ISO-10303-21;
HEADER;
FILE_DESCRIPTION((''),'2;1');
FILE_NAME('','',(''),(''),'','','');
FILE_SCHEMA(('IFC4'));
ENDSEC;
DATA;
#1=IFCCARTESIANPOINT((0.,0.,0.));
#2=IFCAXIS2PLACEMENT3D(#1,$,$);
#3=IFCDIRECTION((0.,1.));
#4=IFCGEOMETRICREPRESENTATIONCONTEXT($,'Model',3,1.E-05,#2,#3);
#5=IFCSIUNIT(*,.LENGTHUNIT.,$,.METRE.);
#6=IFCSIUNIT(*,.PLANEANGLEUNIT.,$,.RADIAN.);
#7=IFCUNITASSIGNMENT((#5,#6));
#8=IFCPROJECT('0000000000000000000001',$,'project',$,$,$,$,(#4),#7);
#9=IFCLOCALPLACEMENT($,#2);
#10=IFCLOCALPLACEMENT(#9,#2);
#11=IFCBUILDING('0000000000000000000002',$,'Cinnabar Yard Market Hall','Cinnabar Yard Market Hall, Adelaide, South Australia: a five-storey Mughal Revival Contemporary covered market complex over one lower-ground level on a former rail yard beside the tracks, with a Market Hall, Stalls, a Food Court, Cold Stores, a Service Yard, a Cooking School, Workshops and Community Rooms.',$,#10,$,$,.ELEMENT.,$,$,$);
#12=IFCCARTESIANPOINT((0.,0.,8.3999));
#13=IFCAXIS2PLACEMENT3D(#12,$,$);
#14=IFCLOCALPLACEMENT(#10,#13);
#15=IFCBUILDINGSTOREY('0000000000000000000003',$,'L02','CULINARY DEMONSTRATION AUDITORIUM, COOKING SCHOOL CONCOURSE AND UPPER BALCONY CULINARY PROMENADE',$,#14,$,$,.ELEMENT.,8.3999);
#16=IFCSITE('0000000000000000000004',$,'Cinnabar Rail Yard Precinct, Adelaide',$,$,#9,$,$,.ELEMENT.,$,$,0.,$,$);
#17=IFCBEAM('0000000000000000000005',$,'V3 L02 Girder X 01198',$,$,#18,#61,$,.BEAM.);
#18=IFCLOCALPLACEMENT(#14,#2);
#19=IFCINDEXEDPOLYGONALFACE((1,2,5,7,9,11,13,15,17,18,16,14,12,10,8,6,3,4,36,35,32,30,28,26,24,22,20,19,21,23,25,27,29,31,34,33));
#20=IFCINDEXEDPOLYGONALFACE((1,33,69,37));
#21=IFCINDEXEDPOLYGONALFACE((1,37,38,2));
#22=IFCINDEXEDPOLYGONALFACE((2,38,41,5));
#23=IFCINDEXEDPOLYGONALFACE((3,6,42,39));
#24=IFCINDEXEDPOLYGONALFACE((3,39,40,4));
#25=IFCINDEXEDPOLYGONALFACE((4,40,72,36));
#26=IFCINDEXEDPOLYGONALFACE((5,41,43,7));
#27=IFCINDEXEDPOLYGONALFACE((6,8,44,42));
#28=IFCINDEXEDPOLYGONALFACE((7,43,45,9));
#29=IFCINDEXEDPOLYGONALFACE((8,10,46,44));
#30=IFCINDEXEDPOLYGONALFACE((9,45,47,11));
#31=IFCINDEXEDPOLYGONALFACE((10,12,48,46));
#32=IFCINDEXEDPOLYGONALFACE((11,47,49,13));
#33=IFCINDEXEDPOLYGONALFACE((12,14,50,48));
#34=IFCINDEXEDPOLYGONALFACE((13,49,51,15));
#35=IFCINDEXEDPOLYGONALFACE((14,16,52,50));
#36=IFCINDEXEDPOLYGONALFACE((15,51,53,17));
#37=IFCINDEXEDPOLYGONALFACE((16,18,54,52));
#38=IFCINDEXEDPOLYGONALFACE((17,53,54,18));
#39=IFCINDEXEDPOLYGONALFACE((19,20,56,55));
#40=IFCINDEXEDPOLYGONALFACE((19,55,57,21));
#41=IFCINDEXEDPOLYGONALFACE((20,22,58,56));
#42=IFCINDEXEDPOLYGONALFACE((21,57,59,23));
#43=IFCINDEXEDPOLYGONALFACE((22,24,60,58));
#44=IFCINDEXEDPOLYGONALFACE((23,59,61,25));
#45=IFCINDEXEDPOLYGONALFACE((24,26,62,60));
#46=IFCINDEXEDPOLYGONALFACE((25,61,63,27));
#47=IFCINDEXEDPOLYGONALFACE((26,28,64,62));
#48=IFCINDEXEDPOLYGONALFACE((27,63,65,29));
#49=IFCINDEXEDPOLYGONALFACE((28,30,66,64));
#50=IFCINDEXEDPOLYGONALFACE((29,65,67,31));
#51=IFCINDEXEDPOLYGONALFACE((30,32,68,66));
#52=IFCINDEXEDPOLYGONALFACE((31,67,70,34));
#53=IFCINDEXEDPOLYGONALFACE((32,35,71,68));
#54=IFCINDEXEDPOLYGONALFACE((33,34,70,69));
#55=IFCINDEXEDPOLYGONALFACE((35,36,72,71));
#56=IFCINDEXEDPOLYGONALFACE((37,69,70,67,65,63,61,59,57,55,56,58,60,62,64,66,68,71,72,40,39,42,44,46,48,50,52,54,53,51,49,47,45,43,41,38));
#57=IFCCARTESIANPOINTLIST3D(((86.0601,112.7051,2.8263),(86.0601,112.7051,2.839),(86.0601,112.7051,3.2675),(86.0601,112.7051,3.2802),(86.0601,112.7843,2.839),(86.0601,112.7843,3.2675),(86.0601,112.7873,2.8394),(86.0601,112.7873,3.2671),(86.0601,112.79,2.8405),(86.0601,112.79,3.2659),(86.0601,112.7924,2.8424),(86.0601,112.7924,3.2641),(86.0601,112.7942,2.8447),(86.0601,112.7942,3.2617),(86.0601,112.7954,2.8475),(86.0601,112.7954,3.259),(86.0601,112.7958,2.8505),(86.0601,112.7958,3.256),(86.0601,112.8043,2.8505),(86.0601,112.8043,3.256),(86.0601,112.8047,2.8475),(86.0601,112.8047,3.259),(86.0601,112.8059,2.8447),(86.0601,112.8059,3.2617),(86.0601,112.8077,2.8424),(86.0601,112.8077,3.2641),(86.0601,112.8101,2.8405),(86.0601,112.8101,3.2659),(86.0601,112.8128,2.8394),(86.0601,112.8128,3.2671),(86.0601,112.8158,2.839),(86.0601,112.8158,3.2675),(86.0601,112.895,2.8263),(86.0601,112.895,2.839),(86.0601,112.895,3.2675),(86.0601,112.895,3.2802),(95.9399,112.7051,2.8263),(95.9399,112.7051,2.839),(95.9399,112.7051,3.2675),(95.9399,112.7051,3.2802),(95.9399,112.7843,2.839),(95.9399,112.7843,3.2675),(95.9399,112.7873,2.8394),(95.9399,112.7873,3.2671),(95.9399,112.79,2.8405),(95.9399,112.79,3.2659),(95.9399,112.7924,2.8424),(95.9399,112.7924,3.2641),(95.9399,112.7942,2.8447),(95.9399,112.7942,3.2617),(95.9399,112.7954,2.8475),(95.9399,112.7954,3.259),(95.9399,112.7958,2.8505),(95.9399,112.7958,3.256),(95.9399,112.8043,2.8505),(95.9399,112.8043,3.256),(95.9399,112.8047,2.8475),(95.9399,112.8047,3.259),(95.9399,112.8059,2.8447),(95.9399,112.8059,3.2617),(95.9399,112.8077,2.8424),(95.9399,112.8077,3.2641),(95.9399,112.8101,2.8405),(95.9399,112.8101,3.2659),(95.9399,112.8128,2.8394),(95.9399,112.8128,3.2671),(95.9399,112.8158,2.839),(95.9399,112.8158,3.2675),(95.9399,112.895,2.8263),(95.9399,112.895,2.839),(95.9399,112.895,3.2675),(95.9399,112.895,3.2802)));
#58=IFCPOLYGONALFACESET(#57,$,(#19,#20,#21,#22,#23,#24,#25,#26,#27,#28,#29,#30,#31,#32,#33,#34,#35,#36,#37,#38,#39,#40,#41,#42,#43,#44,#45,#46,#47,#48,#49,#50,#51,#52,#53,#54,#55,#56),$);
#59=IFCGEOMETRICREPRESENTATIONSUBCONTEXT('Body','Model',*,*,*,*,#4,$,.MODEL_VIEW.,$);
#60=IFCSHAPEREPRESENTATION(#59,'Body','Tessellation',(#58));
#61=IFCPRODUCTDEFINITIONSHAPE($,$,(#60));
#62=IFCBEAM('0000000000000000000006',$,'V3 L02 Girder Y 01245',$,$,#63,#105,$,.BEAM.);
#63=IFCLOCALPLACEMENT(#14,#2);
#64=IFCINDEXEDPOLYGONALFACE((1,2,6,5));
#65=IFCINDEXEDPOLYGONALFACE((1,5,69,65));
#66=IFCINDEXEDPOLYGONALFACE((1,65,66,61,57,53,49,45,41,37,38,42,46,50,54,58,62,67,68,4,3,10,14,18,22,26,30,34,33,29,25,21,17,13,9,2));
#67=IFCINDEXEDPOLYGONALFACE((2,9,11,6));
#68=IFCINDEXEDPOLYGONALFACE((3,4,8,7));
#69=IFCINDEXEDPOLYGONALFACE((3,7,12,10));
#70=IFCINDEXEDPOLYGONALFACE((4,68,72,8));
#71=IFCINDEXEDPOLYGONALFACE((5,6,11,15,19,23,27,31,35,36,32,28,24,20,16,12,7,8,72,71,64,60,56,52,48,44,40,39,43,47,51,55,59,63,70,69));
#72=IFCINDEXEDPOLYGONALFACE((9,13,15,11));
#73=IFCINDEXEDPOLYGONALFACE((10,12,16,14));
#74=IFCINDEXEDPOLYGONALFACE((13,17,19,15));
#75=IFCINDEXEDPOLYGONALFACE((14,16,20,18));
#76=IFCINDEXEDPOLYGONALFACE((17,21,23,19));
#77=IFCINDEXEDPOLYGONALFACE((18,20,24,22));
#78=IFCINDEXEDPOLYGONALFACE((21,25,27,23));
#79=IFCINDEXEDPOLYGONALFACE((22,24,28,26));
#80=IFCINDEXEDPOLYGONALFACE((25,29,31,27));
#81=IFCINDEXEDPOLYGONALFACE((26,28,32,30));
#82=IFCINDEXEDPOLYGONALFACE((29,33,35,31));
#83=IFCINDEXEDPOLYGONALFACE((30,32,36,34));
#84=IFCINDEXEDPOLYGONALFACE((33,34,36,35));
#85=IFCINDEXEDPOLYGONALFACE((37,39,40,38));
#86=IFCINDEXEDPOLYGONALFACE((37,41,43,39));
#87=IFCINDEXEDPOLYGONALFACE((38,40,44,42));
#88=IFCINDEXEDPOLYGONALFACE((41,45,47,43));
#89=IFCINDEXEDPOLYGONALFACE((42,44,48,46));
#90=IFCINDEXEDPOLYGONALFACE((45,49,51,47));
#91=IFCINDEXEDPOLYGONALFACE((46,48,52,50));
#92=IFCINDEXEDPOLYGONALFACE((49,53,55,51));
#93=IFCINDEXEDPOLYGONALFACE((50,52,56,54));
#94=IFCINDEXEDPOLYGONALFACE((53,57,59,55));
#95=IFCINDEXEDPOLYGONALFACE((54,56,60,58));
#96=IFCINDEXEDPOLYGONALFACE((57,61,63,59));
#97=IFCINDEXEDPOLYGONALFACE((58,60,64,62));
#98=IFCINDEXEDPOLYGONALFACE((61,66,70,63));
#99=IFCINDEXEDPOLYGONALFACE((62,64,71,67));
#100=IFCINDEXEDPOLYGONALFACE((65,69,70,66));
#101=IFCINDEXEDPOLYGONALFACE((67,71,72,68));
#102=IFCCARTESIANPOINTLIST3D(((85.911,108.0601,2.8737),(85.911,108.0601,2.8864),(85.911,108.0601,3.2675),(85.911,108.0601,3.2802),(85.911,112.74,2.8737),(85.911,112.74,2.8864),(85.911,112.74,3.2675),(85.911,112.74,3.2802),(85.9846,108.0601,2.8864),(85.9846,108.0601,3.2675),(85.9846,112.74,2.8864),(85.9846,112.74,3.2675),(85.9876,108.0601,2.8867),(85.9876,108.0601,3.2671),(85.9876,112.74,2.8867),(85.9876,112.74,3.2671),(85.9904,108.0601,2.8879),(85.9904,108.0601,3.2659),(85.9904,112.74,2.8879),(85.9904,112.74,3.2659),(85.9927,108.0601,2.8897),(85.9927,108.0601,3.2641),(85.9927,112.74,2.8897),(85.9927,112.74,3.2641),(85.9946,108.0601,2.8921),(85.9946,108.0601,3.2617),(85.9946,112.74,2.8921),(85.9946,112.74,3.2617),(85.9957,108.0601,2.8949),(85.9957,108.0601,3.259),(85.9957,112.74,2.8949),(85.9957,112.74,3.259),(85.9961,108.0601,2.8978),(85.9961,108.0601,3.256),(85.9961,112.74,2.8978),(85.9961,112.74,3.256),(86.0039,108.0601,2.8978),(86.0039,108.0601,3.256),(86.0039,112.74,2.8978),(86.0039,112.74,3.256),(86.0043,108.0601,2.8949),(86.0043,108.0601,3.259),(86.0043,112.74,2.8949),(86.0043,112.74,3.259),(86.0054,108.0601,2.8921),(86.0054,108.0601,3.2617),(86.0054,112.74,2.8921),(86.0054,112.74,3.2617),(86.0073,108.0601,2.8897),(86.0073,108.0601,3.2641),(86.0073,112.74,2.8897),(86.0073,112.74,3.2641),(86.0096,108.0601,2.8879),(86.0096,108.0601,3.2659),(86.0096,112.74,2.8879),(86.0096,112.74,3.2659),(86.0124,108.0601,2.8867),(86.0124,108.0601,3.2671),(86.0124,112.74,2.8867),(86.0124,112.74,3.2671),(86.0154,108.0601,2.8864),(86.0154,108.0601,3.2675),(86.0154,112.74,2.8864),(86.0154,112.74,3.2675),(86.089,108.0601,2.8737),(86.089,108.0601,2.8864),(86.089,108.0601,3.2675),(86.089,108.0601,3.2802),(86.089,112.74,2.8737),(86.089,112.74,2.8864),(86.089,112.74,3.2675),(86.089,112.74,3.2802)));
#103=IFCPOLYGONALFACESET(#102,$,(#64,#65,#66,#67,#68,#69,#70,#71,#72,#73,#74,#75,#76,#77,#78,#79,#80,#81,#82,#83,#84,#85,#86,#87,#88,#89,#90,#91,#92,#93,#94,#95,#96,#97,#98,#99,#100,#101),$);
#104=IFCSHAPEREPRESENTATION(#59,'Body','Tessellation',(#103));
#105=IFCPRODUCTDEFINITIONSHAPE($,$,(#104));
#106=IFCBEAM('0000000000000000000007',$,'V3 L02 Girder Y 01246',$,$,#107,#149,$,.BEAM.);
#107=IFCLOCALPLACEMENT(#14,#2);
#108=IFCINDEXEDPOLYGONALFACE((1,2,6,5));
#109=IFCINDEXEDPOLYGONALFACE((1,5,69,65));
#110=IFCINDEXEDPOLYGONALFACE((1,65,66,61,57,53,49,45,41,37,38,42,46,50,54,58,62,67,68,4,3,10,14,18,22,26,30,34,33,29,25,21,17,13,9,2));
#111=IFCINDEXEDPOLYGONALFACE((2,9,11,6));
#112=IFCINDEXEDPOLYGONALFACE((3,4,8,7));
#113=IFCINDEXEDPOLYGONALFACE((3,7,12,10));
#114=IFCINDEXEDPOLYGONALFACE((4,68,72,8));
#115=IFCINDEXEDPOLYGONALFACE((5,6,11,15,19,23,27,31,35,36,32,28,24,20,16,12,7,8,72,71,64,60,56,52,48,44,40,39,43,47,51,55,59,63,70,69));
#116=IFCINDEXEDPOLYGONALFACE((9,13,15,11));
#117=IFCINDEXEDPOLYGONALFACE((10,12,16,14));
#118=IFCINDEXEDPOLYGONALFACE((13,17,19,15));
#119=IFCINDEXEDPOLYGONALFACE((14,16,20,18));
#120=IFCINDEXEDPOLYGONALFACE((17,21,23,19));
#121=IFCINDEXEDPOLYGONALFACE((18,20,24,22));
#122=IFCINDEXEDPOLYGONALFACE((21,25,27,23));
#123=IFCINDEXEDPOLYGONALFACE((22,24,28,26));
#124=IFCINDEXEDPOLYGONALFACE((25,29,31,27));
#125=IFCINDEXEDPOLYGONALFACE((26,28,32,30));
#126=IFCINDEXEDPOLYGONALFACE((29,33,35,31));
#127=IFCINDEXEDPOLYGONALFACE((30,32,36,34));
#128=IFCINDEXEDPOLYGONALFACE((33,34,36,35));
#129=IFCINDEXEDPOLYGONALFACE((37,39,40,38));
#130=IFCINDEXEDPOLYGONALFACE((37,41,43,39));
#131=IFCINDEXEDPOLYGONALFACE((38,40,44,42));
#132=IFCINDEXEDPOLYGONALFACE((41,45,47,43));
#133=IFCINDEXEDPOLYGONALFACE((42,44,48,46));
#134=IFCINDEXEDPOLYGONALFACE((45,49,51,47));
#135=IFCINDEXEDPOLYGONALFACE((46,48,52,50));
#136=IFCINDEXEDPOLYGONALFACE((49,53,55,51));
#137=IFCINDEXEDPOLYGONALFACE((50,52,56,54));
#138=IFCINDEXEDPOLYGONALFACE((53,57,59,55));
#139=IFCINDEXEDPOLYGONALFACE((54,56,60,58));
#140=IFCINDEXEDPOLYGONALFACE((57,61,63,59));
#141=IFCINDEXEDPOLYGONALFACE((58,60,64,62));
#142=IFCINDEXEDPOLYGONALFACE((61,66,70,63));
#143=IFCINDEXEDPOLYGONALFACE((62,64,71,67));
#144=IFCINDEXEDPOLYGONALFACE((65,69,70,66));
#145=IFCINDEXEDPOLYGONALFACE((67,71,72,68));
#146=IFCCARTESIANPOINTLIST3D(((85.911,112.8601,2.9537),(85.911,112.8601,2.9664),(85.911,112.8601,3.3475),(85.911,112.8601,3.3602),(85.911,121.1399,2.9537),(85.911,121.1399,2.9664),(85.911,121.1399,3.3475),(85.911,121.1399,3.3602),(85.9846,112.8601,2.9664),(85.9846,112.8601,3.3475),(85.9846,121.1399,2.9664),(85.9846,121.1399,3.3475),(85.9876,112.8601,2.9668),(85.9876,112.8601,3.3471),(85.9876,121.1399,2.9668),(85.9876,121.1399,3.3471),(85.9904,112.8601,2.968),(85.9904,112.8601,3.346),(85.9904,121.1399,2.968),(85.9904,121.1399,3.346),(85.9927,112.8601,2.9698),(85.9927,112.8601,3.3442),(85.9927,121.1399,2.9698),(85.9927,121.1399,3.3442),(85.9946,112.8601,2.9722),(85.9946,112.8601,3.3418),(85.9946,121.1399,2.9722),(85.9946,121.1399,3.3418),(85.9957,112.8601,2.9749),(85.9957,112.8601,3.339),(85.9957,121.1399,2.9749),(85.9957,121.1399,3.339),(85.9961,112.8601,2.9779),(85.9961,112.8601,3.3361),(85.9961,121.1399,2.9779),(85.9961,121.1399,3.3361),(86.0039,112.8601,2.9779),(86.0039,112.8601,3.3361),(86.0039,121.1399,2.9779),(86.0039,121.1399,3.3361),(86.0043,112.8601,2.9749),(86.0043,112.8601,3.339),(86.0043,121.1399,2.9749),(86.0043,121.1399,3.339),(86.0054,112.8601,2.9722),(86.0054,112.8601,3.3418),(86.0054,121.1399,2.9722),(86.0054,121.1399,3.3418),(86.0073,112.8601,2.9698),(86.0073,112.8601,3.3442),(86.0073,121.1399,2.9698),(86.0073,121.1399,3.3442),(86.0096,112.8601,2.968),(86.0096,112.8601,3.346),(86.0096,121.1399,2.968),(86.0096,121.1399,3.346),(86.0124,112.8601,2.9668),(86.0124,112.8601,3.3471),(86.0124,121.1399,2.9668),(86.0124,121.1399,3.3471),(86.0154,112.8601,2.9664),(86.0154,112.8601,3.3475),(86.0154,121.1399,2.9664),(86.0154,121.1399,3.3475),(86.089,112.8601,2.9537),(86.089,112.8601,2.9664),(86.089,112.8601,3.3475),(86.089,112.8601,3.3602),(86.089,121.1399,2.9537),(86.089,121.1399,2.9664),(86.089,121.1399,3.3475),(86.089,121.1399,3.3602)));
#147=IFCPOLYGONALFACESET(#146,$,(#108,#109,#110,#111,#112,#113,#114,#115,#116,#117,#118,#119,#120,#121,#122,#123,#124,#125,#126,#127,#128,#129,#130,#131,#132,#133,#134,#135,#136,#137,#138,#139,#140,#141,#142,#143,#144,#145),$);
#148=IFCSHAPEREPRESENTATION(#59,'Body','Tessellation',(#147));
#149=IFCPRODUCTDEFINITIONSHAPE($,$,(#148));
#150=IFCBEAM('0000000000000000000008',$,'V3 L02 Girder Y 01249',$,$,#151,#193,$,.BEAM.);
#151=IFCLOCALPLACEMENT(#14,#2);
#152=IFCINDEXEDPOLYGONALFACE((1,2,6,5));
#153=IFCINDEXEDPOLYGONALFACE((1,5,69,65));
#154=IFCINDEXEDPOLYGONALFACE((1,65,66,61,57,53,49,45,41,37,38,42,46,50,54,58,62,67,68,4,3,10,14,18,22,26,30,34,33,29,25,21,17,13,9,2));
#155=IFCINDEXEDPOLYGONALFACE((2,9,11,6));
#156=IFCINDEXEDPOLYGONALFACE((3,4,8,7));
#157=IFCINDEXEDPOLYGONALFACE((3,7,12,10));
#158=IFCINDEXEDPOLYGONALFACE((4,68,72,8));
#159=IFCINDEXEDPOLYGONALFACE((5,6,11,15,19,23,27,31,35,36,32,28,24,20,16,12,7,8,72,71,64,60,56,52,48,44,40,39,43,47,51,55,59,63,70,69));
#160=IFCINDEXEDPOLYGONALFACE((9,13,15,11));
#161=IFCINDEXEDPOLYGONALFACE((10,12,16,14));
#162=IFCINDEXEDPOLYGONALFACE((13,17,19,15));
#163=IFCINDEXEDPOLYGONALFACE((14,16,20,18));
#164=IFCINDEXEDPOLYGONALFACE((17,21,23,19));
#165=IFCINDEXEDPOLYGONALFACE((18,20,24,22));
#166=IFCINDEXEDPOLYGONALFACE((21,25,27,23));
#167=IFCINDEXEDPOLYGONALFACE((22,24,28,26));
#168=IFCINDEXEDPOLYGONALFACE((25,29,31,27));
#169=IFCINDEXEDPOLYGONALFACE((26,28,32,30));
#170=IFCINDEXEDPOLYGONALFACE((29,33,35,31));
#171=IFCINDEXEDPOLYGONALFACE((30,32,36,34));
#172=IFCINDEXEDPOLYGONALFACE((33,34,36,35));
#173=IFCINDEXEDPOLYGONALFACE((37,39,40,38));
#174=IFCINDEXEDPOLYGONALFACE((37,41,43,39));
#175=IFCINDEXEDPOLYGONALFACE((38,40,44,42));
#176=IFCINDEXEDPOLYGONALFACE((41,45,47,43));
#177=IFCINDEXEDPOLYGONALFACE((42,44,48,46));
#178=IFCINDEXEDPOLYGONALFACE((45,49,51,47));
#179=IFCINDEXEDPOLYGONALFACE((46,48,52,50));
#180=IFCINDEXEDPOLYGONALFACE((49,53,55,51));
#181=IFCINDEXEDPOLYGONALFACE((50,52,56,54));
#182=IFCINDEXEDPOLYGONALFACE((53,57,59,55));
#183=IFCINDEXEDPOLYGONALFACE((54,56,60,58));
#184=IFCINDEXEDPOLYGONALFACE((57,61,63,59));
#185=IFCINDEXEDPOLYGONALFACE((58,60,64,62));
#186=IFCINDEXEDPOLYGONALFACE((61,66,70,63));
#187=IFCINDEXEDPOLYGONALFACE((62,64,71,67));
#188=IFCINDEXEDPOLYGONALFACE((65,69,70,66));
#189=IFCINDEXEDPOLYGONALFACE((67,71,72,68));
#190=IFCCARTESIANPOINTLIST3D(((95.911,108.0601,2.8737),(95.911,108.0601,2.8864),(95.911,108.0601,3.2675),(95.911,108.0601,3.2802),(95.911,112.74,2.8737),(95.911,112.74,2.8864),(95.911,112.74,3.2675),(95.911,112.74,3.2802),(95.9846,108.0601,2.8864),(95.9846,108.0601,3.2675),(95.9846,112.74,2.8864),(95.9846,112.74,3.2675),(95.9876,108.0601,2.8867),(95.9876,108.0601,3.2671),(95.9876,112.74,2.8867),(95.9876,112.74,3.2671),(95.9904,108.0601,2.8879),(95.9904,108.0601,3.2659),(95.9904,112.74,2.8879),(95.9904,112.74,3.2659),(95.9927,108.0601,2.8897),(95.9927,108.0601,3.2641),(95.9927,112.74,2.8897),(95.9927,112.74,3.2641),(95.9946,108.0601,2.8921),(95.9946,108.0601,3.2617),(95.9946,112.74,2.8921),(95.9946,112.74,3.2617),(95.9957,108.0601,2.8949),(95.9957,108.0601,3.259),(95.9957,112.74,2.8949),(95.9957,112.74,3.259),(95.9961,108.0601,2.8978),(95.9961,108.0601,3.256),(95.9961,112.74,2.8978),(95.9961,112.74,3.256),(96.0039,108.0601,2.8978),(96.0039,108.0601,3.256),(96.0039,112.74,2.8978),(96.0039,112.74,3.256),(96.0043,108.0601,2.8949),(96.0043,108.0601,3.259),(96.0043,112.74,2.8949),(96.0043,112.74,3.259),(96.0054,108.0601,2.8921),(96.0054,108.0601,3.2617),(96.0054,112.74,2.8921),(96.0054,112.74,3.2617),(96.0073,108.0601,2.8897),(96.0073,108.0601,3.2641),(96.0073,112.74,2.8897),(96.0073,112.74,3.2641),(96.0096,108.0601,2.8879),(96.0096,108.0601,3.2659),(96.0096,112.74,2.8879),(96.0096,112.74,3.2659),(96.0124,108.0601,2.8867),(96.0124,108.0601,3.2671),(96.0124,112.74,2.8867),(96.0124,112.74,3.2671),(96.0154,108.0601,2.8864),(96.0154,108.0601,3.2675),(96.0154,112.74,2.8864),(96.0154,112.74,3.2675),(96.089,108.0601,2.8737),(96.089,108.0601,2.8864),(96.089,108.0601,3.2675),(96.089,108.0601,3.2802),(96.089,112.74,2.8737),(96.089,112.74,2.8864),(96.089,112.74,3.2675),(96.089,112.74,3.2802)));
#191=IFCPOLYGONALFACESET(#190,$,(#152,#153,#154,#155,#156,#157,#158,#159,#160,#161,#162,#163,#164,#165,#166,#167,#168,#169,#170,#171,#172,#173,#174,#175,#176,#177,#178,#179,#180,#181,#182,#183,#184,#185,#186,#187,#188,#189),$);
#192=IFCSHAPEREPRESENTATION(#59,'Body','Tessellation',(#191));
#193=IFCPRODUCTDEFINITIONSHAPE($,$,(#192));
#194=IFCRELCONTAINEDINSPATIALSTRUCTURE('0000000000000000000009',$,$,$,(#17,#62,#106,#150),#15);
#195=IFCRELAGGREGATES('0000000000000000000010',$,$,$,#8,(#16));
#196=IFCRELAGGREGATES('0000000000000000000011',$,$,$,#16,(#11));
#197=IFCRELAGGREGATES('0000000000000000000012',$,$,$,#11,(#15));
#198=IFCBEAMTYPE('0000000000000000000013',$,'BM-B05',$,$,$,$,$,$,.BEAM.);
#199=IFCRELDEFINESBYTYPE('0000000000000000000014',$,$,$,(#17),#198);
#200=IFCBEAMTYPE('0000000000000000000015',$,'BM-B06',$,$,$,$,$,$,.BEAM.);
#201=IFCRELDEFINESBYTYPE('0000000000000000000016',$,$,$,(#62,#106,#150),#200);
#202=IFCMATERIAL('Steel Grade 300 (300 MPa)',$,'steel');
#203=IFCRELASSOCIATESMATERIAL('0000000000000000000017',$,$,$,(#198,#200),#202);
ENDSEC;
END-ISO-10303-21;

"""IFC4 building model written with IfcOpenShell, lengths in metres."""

from ifc_helpers import new_model, si_unit, direction, frame, origin, origin_2d_with_axis, place, context, subcontext, project, spatial, i_section, extrude, material, material_profile, profile_set, type_object, element, save


model = new_model("IFC4")

# Units and contexts
model_context = context("Model", 3, precision=1e-05, world=origin(), true_north=direction((0.0, 1.0)))
body_context = subcontext(model_context, "Body", "Model", "MODEL_VIEW")
ifc_project = project(units=[si_unit("LENGTHUNIT", "METRE"), si_unit("PLANEANGLEUNIT", "RADIAN")], contexts=[model_context])

# Site, building, storey
site_placement = place(None, origin())
site = spatial("IfcSite", under=ifc_project, at=site_placement, Name="Cinnabar Rail Yard Precinct, Adelaide", CompositionType="ELEMENT", RefElevation=0.0)
building_placement = place(site_placement, origin())
building = spatial("IfcBuilding", under=site, at=building_placement, Name="Cinnabar Yard Market Hall", Description="Cinnabar Yard Market Hall, Adelaide, South Australia: a five-storey Mughal Revival Contemporary covered market complex over one lower-ground level on a former rail yard beside the tracks, with a Market Hall, Stalls, a Food Court, Cold Stores, a Service Yard, a Cooking School, Workshops and Community Rooms.", CompositionType="ELEMENT")
storey_placement = place(building_placement, frame((0.0, 0.0, 8.3999)))
storey = spatial("IfcBuildingStorey", under=building, at=storey_placement, Name="L02", Description="CULINARY DEMONSTRATION AUDITORIUM, COOKING SCHOOL CONCOURSE AND UPPER BALCONY CULINARY PROMENADE", CompositionType="ELEMENT", Elevation=8.3999)

# Shared definitions
ifc_material_1 = material(Name="Steel Grade 300 (300 MPa)", Category="steel")

# Beams
ifc_material_profile_1 = material_profile(ifc_material_1, i_section(OverallWidth=0.1899, OverallDepth=0.4539, WebThickness=0.0085, FlangeThickness=0.0127, FilletRadius=0.0115, at=origin_2d_with_axis()), Name="460UB67.1")
ifc_profile_set_1 = profile_set([ifc_material_profile_1], Name="Steel Grade 300 (300 MPa)")
beam_type_1 = type_object("IfcBeamType", Name="BM-B05", PredefinedType="BEAM", material=ifc_profile_set_1)
beam_1_placement = place(storey_placement, frame((86.0601, 112.8, 3.0532), z_axis=(1.0, 0.0, 0.0), x_axis=(0.0, 1.0, 0.0)))
element("IfcBeam", 1, at=beam_1_placement, inside=storey, type_object=beam_type_1, Name="V3 L02 Girder X 01198", PredefinedType="BEAM", context=body_context, shape_type="SweptSolid", body=[
    extrude(i_section(OverallWidth=0.1899, OverallDepth=0.4539, WebThickness=0.0085, FlangeThickness=0.0127, FilletRadius=0.0115, at=origin_2d_with_axis()), origin(), (0.0, 0.0, 1.0), 9.8799),
])
ifc_material_profile_2 = material_profile(ifc_material_1, i_section(OverallWidth=0.178, OverallDepth=0.4065, WebThickness=0.0078, FlangeThickness=0.0127, FilletRadius=0.0115, at=origin_2d_with_axis()), Name="410UB59.7")
ifc_profile_set_2 = profile_set([ifc_material_profile_2], Name="Steel Grade 300 (300 MPa)")
beam_type_2 = type_object("IfcBeamType", Name="BM-B06", PredefinedType="BEAM", material=ifc_profile_set_2)
beam_2_placement = place(storey_placement, frame((86.0, 108.0601, 3.0769), z_axis=(0.0, 1.0, 0.0), x_axis=(-1.0, 0.0, 0.0)))
element("IfcBeam", 2, at=beam_2_placement, inside=storey, type_object=beam_type_2, Name="V3 L02 Girder Y 01245", PredefinedType="BEAM", context=body_context, shape_type="SweptSolid", body=[
    extrude(i_section(OverallWidth=0.178, OverallDepth=0.4065, WebThickness=0.0078, FlangeThickness=0.0127, FilletRadius=0.0115, at=origin_2d_with_axis()), origin(), (0.0, 0.0, 1.0), 4.6799),
])
beam_3_placement = place(storey_placement, frame((86.0, 112.8601, 3.157), z_axis=(0.0, 1.0, 0.0), x_axis=(-1.0, 0.0, 0.0)))
element("IfcBeam", 3, at=beam_3_placement, inside=storey, type_object=beam_type_2, Name="V3 L02 Girder Y 01246", PredefinedType="BEAM", context=body_context, shape_type="SweptSolid", body=[
    extrude(i_section(OverallWidth=0.178, OverallDepth=0.4065, WebThickness=0.0078, FlangeThickness=0.0127, FilletRadius=0.0115, at=origin_2d_with_axis()), origin(), (0.0, 0.0, 1.0), 8.2798),
])
beam_4_placement = place(storey_placement, frame((96.0, 108.0601, 3.0769), z_axis=(0.0, 1.0, 0.0), x_axis=(-1.0, 0.0, 0.0)))
element("IfcBeam", 4, at=beam_4_placement, inside=storey, type_object=beam_type_2, Name="V3 L02 Girder Y 01249", PredefinedType="BEAM", context=body_context, shape_type="SweptSolid", body=[
    extrude(i_section(OverallWidth=0.178, OverallDepth=0.4065, WebThickness=0.0078, FlangeThickness=0.0127, FilletRadius=0.0115, at=origin_2d_with_axis()), origin(), (0.0, 0.0, 1.0), 4.6799),
])

save(model, "model.ifc")
